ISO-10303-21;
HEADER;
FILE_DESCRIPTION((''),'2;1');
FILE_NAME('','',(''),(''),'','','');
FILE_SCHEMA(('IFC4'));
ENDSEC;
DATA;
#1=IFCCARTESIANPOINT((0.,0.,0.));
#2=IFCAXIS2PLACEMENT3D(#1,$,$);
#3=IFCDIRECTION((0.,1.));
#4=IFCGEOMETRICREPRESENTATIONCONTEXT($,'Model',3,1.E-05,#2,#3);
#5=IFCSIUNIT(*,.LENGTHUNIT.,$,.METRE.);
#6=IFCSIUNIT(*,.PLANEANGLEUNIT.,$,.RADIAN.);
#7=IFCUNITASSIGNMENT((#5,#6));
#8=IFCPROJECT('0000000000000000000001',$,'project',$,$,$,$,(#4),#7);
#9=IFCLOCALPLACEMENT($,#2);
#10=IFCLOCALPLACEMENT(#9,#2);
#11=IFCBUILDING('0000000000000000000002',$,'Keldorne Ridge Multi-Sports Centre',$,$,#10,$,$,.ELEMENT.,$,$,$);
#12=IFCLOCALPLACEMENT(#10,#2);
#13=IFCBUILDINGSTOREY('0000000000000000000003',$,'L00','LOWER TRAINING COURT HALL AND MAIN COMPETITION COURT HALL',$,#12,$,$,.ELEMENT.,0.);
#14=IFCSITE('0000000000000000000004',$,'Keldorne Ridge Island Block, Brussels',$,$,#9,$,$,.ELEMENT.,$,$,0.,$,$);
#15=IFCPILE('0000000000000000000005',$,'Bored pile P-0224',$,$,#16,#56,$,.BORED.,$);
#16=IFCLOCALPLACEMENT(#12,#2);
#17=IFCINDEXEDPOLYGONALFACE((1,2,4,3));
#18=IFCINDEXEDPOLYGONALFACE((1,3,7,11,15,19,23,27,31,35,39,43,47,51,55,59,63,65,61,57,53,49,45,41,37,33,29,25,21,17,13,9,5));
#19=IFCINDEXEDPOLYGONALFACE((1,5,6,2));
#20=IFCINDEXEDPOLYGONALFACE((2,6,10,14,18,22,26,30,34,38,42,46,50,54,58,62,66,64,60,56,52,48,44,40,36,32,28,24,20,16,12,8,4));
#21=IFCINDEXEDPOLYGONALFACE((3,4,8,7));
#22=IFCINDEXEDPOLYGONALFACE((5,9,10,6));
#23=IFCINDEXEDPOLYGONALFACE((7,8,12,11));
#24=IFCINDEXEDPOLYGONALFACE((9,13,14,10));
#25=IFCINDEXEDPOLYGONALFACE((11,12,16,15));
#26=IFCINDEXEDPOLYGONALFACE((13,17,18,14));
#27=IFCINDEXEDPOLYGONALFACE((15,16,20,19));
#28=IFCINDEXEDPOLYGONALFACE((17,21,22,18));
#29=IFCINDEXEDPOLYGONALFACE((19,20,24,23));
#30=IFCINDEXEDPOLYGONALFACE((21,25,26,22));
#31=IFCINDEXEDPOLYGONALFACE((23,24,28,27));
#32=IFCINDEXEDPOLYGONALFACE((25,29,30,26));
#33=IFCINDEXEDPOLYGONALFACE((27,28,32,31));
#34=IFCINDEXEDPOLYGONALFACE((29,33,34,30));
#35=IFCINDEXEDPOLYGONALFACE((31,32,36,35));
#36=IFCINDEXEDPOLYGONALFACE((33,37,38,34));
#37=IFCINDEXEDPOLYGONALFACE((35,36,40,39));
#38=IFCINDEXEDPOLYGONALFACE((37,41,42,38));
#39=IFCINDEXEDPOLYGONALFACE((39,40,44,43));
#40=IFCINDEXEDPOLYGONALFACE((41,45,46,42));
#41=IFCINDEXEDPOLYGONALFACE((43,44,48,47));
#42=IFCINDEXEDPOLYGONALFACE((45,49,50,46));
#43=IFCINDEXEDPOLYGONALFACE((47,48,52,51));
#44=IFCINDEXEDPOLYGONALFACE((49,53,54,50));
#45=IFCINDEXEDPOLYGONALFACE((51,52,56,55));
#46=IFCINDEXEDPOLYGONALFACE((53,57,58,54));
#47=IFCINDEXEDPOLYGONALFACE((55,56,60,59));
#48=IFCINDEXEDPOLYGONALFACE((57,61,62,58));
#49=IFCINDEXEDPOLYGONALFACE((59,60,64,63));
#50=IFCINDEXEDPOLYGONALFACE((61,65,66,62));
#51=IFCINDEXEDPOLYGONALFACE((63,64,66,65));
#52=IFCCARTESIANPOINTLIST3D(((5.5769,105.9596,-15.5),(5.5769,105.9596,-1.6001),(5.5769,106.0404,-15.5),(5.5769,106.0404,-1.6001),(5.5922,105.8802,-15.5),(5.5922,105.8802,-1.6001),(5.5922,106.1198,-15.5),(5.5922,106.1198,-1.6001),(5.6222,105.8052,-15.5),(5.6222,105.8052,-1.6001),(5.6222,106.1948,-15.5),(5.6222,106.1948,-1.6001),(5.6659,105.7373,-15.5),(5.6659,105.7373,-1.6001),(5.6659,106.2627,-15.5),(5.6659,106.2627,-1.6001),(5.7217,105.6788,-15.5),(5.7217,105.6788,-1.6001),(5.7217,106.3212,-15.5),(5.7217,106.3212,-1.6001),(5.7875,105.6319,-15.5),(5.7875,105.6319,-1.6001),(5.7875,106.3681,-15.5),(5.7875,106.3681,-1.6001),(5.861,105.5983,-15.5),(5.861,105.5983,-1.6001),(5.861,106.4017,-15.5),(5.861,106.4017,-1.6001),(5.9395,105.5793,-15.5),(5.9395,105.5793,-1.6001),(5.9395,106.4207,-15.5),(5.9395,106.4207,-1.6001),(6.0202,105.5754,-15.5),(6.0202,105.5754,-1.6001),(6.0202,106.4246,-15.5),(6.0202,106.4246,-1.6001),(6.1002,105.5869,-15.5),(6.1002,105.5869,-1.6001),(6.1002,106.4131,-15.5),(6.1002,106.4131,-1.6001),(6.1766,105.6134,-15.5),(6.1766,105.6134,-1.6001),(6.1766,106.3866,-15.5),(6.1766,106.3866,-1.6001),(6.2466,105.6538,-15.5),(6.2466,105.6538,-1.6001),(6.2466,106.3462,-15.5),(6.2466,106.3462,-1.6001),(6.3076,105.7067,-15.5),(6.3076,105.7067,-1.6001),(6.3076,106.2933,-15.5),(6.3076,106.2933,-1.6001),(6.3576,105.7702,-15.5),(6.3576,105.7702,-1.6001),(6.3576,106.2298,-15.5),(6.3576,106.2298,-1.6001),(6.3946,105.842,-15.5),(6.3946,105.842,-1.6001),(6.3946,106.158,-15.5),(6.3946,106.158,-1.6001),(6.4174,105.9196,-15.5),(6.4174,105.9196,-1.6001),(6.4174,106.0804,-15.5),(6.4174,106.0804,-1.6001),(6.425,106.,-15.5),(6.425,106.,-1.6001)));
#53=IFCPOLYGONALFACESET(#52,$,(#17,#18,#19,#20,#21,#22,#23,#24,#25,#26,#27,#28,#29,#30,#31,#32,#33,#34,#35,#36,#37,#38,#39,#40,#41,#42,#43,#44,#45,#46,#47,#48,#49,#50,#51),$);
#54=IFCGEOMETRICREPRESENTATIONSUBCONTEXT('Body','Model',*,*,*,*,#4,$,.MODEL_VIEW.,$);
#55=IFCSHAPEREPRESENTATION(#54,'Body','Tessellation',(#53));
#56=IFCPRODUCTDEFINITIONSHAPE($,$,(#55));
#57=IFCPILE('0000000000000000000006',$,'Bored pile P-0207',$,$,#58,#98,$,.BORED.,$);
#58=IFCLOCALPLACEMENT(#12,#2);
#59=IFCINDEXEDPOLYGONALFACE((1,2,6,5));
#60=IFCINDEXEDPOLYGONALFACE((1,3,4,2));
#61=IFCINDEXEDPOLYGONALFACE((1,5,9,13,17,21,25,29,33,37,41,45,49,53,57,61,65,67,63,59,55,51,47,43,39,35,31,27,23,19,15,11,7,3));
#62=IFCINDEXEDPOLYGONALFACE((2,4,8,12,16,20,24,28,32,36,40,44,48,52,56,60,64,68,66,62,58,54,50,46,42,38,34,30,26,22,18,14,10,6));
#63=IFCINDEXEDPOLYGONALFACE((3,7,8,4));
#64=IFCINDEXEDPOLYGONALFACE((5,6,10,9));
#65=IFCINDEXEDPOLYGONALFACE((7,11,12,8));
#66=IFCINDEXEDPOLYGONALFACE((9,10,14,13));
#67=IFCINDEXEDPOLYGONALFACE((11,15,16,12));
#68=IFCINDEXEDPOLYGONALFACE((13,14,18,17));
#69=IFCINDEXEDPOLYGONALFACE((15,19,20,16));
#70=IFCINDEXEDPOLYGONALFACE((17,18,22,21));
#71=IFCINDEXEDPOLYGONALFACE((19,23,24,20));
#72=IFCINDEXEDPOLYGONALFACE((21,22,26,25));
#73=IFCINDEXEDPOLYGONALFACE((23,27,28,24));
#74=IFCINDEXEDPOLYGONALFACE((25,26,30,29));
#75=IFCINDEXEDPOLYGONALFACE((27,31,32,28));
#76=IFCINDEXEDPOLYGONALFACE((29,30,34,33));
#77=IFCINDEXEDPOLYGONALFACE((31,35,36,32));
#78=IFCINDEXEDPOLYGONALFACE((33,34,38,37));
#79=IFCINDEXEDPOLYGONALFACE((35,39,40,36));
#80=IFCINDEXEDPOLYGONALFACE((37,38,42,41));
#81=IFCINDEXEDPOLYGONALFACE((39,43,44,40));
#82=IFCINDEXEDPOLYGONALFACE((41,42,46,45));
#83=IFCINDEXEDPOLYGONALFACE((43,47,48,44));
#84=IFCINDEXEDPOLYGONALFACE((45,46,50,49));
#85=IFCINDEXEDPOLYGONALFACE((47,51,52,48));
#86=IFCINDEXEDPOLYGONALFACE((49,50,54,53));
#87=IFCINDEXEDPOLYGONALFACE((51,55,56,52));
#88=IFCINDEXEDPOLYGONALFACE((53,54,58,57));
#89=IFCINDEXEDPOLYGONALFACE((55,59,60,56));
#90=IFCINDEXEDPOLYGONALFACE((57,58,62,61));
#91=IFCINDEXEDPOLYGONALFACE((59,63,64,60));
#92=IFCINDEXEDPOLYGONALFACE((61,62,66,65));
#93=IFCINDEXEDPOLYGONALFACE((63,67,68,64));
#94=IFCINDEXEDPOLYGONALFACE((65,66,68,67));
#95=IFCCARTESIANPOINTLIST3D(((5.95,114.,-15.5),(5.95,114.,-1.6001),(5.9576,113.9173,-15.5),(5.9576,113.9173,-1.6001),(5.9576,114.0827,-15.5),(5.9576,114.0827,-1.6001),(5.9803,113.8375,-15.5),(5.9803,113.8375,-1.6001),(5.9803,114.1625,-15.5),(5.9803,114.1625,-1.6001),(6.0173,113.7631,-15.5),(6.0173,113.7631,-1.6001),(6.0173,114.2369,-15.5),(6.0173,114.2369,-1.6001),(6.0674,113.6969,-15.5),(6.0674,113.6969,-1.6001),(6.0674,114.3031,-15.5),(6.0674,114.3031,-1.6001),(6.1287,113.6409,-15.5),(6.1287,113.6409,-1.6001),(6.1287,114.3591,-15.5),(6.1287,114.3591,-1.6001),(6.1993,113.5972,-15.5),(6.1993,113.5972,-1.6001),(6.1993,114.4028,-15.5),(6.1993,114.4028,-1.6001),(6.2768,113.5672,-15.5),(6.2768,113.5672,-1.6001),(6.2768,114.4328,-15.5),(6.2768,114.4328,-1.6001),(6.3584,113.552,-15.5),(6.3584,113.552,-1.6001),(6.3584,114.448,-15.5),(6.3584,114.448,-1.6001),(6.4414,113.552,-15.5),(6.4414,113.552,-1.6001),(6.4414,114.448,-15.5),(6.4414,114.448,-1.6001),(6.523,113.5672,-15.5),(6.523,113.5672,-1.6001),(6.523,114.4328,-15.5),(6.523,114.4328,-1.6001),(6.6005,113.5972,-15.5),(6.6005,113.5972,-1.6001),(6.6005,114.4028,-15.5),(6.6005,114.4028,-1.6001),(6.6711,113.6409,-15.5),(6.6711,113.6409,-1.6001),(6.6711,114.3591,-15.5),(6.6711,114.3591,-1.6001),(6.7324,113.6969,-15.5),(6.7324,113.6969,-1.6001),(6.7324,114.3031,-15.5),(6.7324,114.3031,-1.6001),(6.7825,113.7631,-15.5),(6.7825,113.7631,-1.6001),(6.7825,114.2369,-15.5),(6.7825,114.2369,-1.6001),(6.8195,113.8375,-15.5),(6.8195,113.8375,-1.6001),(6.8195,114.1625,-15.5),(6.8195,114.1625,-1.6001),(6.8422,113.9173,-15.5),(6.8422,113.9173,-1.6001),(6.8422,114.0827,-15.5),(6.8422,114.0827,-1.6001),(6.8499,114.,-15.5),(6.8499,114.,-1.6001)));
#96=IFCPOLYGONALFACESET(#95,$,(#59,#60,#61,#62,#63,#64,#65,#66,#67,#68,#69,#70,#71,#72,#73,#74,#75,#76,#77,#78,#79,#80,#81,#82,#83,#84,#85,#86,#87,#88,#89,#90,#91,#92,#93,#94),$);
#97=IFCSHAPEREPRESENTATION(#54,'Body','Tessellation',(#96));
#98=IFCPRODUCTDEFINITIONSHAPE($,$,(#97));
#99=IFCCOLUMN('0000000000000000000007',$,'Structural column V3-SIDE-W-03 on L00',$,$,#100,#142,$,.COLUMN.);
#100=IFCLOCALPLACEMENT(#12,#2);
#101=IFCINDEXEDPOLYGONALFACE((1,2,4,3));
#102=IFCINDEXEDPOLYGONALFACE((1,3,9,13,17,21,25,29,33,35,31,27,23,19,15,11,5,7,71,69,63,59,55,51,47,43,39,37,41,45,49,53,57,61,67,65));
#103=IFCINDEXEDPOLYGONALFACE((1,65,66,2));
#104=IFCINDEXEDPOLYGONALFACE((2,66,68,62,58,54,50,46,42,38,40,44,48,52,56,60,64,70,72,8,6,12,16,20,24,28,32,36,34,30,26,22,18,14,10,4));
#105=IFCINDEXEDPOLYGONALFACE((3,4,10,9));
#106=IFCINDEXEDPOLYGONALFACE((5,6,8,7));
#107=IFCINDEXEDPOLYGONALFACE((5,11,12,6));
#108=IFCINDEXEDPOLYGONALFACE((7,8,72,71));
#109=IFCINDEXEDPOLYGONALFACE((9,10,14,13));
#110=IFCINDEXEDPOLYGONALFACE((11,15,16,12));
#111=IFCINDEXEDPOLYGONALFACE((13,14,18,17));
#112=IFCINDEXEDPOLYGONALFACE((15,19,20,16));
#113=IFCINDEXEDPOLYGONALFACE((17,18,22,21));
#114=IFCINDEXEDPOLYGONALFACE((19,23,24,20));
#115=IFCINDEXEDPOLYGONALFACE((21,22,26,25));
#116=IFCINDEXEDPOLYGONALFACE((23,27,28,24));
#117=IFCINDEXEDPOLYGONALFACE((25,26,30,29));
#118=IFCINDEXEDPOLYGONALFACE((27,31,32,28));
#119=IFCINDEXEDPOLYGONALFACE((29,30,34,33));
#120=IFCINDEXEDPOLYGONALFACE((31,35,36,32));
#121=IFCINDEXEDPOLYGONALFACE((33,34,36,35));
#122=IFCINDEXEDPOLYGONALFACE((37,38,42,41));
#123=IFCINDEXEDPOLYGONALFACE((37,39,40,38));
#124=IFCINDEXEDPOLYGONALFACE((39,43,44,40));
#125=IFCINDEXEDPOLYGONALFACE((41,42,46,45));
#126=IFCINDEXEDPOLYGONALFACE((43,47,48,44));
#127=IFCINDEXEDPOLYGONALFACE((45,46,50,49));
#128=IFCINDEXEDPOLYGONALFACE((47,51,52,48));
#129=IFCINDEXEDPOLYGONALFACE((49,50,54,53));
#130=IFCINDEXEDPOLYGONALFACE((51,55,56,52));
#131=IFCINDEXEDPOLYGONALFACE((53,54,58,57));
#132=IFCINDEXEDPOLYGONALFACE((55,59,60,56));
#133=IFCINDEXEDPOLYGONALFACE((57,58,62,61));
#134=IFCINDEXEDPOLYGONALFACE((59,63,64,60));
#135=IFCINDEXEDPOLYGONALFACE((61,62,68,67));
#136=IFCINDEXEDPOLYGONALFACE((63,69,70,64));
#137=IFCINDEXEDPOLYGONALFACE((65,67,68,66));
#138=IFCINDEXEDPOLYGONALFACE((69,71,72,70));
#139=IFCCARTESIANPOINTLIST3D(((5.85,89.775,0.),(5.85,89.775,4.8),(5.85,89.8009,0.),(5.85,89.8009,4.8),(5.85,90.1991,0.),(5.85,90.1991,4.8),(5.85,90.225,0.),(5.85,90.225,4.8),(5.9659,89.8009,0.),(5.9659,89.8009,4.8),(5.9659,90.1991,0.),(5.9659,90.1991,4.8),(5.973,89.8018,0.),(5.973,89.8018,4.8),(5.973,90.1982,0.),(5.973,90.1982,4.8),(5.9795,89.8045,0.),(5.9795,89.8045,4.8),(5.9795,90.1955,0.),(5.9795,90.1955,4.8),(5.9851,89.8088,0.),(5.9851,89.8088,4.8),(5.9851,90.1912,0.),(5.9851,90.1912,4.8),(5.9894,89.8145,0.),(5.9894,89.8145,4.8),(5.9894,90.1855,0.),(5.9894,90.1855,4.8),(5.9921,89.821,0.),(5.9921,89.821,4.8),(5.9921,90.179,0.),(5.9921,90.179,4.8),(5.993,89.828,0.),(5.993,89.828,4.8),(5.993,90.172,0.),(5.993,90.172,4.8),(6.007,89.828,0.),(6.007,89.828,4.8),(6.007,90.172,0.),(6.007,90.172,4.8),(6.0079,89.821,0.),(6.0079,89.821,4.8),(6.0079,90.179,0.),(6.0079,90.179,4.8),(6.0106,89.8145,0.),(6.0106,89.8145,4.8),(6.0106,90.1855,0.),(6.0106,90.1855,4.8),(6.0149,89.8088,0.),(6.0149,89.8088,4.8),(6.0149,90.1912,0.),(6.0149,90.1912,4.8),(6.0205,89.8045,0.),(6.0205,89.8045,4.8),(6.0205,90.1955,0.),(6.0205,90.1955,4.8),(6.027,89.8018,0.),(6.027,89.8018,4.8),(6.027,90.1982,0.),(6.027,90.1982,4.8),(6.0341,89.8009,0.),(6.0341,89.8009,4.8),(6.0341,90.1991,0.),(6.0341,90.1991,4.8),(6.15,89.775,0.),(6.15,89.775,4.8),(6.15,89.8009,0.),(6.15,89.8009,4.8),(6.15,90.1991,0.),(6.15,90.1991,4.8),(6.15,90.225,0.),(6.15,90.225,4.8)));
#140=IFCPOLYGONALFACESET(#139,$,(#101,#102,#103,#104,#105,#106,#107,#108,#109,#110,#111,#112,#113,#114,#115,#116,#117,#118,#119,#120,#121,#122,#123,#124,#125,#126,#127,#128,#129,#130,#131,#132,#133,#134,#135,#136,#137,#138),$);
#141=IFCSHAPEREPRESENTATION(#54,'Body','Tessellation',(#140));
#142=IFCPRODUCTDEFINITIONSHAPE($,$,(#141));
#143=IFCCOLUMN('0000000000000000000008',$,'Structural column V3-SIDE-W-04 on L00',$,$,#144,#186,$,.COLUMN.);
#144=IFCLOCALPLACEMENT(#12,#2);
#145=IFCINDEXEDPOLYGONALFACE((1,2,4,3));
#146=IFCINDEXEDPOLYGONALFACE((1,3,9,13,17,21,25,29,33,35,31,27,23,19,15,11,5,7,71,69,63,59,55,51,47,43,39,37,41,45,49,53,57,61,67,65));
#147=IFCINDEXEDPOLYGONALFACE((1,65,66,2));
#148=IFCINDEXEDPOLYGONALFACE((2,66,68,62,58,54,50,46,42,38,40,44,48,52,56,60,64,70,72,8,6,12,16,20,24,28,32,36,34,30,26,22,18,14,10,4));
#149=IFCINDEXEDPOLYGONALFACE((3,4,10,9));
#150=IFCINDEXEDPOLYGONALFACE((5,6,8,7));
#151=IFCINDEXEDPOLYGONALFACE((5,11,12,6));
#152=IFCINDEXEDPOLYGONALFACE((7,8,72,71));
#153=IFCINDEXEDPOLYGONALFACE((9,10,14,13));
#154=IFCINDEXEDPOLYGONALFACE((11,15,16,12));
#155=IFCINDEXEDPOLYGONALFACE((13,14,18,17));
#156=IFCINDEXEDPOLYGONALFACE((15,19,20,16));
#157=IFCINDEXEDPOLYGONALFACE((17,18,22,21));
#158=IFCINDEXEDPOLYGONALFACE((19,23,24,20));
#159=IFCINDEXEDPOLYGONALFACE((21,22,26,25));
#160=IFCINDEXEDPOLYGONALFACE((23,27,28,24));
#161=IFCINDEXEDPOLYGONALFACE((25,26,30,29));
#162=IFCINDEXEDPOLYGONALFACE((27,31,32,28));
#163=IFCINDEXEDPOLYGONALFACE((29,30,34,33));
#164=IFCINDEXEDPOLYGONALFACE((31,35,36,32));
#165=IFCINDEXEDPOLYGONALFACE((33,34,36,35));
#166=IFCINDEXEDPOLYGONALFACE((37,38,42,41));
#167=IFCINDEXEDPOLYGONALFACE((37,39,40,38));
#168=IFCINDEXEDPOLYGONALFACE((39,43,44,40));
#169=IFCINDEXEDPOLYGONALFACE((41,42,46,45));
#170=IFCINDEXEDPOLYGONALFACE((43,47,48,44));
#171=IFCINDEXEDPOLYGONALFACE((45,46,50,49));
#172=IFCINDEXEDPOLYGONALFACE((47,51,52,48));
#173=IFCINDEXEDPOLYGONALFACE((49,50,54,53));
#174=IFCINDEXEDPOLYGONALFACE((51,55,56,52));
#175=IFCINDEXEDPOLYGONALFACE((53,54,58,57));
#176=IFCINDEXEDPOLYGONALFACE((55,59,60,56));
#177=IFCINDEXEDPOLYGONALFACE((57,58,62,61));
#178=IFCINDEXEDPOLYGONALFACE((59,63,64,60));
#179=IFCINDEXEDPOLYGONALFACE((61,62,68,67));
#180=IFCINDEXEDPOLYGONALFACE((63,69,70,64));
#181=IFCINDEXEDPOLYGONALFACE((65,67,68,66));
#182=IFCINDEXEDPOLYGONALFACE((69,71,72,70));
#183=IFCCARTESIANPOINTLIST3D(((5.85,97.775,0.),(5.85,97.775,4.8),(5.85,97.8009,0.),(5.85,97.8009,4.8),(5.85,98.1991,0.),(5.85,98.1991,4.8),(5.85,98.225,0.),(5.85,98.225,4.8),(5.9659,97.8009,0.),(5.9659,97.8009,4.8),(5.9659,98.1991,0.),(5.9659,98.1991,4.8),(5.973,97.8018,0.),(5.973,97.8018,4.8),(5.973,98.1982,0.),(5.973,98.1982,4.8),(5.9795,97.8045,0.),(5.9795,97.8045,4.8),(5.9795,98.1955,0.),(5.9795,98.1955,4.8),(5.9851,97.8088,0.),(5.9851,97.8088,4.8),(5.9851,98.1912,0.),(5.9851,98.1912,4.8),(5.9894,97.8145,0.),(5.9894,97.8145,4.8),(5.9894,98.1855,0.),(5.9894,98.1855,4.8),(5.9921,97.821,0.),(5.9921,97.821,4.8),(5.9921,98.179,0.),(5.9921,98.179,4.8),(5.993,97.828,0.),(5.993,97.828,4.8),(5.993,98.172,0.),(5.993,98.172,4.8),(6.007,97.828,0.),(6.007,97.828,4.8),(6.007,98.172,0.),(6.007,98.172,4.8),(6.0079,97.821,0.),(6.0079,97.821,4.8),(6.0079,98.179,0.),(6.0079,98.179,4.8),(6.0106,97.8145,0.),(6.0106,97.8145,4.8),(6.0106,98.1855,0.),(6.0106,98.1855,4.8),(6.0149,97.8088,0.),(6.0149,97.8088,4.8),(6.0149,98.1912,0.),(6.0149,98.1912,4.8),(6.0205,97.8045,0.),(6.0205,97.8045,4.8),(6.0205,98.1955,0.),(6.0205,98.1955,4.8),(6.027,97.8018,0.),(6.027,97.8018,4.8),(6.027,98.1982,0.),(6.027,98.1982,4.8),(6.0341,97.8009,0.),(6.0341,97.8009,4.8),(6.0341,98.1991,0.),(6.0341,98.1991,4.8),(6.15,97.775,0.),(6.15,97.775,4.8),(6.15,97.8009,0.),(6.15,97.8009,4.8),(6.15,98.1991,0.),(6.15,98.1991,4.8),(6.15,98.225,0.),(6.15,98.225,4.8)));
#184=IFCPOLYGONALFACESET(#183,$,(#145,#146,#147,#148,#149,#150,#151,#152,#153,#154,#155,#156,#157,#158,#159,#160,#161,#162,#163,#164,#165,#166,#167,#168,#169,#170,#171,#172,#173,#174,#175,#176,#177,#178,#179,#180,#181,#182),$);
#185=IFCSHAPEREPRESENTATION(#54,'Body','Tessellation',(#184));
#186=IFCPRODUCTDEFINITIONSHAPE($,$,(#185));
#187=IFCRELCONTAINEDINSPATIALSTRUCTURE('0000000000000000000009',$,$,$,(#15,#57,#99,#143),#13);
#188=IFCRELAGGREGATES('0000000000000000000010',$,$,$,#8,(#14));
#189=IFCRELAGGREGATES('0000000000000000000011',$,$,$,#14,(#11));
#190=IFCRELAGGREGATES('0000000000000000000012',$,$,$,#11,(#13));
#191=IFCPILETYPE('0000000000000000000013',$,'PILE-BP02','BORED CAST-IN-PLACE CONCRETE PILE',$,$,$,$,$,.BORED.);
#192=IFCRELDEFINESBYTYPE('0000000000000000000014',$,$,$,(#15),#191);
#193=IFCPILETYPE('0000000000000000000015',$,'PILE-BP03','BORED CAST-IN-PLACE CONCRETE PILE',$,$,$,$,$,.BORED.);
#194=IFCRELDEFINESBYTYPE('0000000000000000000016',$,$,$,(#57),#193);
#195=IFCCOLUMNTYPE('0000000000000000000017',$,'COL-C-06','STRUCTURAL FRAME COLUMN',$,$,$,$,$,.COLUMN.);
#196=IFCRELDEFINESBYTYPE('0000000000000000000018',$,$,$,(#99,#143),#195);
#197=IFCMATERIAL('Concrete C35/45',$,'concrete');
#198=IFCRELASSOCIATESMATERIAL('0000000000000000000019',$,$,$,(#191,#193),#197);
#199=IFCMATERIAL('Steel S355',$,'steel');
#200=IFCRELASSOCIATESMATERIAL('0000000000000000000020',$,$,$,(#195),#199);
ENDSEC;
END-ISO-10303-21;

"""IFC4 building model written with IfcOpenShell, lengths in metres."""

from ifc_helpers import new_model, si_unit, direction, frame, origin, origin_2d, place, context, subcontext, project, spatial, circle, i_section, extrude, material, material_profile, profile_set, type_object, element, save


model = new_model("IFC4")

# Units and contexts
model_context = context("Model", 3, precision=1e-05, world=origin(), true_north=direction((0.0, 1.0)))
body_context = subcontext(model_context, "Body", "Model", "MODEL_VIEW")
ifc_project = project(units=[si_unit("LENGTHUNIT", "METRE"), si_unit("PLANEANGLEUNIT", "RADIAN")], contexts=[model_context])

# Site, building, storey
site_placement = place(None, origin())
site = spatial("IfcSite", under=ifc_project, at=site_placement, Name="Keldorne Ridge Island Block, Brussels", CompositionType="ELEMENT", RefElevation=0.0)
building_placement = place(site_placement, origin())
building = spatial("IfcBuilding", under=site, at=building_placement, Name="Keldorne Ridge Multi-Sports Centre", CompositionType="ELEMENT")
storey_placement = place(building_placement, origin())
storey = spatial("IfcBuildingStorey", under=building, at=storey_placement, Name="L00", Description="LOWER TRAINING COURT HALL AND MAIN COMPETITION COURT HALL", CompositionType="ELEMENT", Elevation=0.0)

# Shared definitions
ifc_material_1 = material(Name="Concrete C35/45", Category="concrete")

# Piles
ifc_material_profile_1 = material_profile(ifc_material_1, circle(Radius=0.425, at=origin_2d()), Name="BORED PILE D850")
ifc_profile_set_1 = profile_set([ifc_material_profile_1], Name="Concrete C35/45")
pile_type_1 = type_object("IfcPileType", Name="PILE-BP02", Description="BORED CAST-IN-PLACE CONCRETE PILE", PredefinedType="BORED", material=ifc_profile_set_1)
for number, where, z_axis, x_axis, name in (
    (1, (6.0, 106.0, -1.6001), (0.0, 0.0, -1.0), (1.0, 0.0, 0.0), "Bored pile P-0224"),
):
    element("IfcPile", number, at=place(storey_placement, frame(where, z_axis=z_axis, x_axis=x_axis)), inside=storey, type_object=pile_type_1, Name=name, PredefinedType="BORED", context=body_context, shape_type="SweptSolid", body=[
        extrude(circle(Radius=0.425, at=origin_2d()), origin(), (0.0, 0.0, 1.0), 13.8999),
    ])
ifc_material_profile_2 = material_profile(ifc_material_1, circle(Radius=0.45, at=origin_2d()), Name="BORED PILE D900")
ifc_profile_set_2 = profile_set([ifc_material_profile_2], Name="Concrete C35/45")
pile_type_2 = type_object("IfcPileType", Name="PILE-BP03", Description="BORED CAST-IN-PLACE CONCRETE PILE", PredefinedType="BORED", material=ifc_profile_set_2)
pile_placement = place(storey_placement, frame((6.3999, 114.0, -1.6001), z_axis=(0.0, 0.0, -1.0), x_axis=(1.0, 0.0, 0.0)))
element("IfcPile", 2, at=pile_placement, inside=storey, type_object=pile_type_2, Name="Bored pile P-0207", PredefinedType="BORED", context=body_context, shape_type="SweptSolid", body=[
    extrude(circle(Radius=0.45, at=origin_2d()), origin(), (0.0, 0.0, 1.0), 13.8999),
])

# Columns
ifc_material_2 = material(Name="Steel S355", Category="steel")
ifc_material_profile_3 = material_profile(ifc_material_2, i_section(OverallWidth=0.3, OverallDepth=0.45, WebThickness=0.0139, FlangeThickness=0.0259, FilletRadius=0.0271, at=origin_2d()), Name="HEB 450")
ifc_profile_set_3 = profile_set([ifc_material_profile_3], Name="Steel S355")
column_type_1 = type_object("IfcColumnType", Name="COL-C-06", Description="STRUCTURAL FRAME COLUMN", PredefinedType="COLUMN", material=ifc_profile_set_3)
for number, where, z_axis, x_axis, name in (
    (3, (6.0, 90.0, 0.0), (0.0, 0.0, 1.0), (1.0, 0.0, 0.0), "Structural column V3-SIDE-W-03 on L00"),
    (4, (6.0, 98.0, 0.0), (0.0, 0.0, 1.0), (1.0, 0.0, 0.0), "Structural column V3-SIDE-W-04 on L00"),
):
    element("IfcColumn", number, at=place(storey_placement, frame(where, z_axis=z_axis, x_axis=x_axis)), inside=storey, type_object=column_type_1, Name=name, PredefinedType="COLUMN", context=body_context, shape_type="SweptSolid", body=[
        extrude(i_section(OverallWidth=0.3, OverallDepth=0.45, WebThickness=0.0139, FlangeThickness=0.0259, FilletRadius=0.0271, at=origin_2d()), origin(), (0.0, 0.0, 1.0), 4.8),
    ])

save(model, "model.ifc")
